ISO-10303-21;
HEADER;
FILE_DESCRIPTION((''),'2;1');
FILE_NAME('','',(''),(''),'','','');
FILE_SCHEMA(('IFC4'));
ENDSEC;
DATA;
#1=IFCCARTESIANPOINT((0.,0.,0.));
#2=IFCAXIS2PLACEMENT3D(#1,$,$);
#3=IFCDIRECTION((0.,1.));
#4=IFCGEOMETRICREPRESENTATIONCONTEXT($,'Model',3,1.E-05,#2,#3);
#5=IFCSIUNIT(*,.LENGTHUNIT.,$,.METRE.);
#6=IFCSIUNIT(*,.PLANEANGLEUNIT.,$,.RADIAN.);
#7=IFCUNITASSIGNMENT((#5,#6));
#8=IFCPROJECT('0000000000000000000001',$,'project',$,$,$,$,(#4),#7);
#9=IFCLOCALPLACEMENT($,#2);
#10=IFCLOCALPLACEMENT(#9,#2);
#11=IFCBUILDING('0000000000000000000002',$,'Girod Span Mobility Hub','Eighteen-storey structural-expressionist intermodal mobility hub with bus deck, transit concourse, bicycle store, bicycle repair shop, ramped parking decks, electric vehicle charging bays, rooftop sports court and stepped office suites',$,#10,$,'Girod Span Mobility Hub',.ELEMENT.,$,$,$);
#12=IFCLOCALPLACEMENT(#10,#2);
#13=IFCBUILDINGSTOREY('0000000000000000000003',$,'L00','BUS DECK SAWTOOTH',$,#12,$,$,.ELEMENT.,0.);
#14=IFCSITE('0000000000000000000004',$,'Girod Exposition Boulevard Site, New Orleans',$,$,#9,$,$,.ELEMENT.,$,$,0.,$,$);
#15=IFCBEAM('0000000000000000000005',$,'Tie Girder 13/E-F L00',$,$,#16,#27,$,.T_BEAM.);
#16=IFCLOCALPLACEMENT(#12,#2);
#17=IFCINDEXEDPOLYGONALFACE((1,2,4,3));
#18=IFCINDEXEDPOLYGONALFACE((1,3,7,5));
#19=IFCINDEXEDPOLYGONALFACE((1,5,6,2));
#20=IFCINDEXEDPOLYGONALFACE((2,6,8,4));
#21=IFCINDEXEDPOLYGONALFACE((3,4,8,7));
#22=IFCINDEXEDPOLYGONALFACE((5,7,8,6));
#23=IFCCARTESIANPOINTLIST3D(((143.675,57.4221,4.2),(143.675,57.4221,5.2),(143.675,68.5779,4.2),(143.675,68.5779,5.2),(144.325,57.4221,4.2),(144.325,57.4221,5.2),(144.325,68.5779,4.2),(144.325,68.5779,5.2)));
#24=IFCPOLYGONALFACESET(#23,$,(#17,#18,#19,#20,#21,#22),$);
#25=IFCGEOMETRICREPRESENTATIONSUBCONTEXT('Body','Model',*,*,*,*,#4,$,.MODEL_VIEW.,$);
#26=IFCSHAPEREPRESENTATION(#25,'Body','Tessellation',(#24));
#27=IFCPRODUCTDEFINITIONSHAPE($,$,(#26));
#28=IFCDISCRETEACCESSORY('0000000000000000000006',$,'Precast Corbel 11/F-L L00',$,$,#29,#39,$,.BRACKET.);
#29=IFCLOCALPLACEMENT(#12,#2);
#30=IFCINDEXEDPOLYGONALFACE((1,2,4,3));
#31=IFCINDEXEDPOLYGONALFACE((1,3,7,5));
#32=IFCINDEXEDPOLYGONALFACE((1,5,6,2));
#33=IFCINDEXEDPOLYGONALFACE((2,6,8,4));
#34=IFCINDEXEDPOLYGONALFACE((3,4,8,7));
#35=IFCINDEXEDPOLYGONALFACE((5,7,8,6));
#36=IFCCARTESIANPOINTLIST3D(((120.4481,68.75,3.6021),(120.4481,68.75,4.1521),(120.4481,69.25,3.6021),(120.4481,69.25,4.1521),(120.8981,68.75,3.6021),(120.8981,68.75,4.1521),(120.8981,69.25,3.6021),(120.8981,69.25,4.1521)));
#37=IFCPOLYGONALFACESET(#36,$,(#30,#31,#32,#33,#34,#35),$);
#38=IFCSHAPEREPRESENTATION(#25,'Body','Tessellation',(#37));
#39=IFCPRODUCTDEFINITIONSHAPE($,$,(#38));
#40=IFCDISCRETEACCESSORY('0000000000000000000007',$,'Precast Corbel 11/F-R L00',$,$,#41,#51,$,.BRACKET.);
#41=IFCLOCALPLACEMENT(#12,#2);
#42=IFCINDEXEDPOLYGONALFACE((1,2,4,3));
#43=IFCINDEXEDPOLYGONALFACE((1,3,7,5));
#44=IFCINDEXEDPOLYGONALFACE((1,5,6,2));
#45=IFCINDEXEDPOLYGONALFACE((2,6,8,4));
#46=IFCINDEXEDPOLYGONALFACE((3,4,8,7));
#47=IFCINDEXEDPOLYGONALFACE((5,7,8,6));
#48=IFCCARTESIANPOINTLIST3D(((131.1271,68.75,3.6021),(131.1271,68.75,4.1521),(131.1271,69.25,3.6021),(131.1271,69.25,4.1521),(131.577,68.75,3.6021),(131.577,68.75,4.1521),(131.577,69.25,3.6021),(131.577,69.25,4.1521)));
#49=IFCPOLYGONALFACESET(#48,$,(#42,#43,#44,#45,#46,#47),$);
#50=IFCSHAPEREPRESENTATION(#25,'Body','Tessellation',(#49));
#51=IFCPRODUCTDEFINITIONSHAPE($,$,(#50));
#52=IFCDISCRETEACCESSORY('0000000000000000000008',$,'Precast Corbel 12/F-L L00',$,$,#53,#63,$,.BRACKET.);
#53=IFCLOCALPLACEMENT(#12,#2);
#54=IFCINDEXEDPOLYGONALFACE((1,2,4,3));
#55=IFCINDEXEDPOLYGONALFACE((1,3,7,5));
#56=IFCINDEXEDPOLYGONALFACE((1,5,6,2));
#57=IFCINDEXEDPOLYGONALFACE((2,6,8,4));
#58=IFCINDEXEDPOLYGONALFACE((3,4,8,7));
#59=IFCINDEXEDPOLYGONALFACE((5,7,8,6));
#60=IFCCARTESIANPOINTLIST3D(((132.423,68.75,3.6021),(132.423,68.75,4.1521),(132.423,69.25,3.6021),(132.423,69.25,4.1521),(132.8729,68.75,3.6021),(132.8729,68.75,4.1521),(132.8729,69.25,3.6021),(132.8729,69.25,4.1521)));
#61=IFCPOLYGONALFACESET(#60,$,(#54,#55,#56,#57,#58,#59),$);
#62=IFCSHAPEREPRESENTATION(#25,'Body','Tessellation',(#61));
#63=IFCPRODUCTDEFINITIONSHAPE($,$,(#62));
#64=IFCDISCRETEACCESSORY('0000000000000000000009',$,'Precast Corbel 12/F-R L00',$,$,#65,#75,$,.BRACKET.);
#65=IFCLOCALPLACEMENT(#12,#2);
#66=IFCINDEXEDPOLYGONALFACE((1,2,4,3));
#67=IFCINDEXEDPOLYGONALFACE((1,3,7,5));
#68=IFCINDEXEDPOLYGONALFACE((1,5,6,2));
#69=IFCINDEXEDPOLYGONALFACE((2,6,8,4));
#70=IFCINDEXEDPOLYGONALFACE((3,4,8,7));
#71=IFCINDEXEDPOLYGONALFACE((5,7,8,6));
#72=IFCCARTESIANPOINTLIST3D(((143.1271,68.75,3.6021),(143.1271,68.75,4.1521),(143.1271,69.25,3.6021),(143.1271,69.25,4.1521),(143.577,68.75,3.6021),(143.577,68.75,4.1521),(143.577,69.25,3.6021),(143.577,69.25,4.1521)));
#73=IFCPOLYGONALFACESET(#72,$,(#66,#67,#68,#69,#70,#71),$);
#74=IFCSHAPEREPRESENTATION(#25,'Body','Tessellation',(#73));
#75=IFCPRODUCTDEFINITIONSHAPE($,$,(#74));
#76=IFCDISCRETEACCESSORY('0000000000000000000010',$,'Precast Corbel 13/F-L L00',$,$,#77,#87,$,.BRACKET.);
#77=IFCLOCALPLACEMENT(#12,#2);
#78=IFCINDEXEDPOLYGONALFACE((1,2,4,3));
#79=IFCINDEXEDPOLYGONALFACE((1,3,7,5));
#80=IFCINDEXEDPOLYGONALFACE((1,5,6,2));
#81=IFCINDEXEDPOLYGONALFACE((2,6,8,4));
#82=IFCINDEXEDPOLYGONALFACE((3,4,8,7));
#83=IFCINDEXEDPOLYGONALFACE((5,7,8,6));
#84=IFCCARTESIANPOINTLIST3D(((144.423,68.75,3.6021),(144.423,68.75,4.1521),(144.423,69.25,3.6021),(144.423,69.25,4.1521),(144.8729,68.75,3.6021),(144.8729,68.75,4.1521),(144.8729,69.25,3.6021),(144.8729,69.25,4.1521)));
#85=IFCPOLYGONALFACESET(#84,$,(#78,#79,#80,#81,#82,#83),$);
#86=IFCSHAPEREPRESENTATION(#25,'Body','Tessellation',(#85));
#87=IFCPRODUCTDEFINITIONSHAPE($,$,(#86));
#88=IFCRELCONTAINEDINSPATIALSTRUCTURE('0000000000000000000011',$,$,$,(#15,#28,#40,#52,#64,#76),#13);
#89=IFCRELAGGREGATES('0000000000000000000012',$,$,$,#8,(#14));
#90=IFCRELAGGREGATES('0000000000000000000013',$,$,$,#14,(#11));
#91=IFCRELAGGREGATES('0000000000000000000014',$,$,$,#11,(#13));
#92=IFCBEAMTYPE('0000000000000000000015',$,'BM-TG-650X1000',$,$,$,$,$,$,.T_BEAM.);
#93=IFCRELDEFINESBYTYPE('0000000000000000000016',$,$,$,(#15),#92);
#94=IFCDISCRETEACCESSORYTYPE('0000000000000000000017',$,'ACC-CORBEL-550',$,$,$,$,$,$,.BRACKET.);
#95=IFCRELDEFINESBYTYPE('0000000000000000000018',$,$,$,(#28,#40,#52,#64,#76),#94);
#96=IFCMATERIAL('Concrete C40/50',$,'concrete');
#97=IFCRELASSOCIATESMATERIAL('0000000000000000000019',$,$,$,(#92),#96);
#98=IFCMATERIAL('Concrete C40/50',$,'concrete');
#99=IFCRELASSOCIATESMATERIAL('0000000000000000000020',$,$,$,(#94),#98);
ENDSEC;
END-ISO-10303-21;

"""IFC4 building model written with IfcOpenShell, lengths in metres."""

from ifc_helpers import new_model, si_unit, direction, frame, origin, origin_2d, place, context, subcontext, project, spatial, rectangle, extrude, material, material_profile, profile_set, type_object, element, save


model = new_model("IFC4")

# Units and contexts
model_context = context("Model", 3, precision=1e-05, world=origin(), true_north=direction((0.0, 1.0)))
body_context = subcontext(model_context, "Body", "Model", "MODEL_VIEW")
ifc_project = project(units=[si_unit("LENGTHUNIT", "METRE"), si_unit("PLANEANGLEUNIT", "RADIAN")], contexts=[model_context])

# Site, building, storey
site_placement = place(None, origin())
site = spatial("IfcSite", under=ifc_project, at=site_placement, Name="Girod Exposition Boulevard Site, New Orleans", CompositionType="ELEMENT", RefElevation=0.0)
building_placement = place(site_placement, origin())
building = spatial("IfcBuilding", under=site, at=building_placement, Name="Girod Span Mobility Hub", Description="Eighteen-storey structural-expressionist intermodal mobility hub with bus deck, transit concourse, bicycle store, bicycle repair shop, ramped parking decks, electric vehicle charging bays, rooftop sports court and stepped office suites", LongName="Girod Span Mobility Hub", CompositionType="ELEMENT")
storey_placement = place(building_placement, origin())
storey = spatial("IfcBuildingStorey", under=building, at=storey_placement, Name="L00", Description="BUS DECK SAWTOOTH", CompositionType="ELEMENT", Elevation=0.0)

# Beam
ifc_material_1 = material(Name="Concrete C40/50", Category="concrete")
ifc_material_profile_1 = material_profile(ifc_material_1, rectangle(XDim=0.6499, YDim=1.0, at=origin_2d()), Name="TG-650X1000")
ifc_profile_set_1 = profile_set([ifc_material_profile_1], Name="Concrete C40/50")
beam_type_1 = type_object("IfcBeamType", Name="BM-TG-650X1000", PredefinedType="T_BEAM", material=ifc_profile_set_1)
for number, where, z_axis, x_axis, name in (
    (1, (144.0, 57.4221, 4.7), (0.0, 1.0, 0.0), (-1.0, 0.0, 0.0), "Tie Girder 13/E-F L00"),
):
    element("IfcBeam", number, at=place(storey_placement, frame(where, z_axis=z_axis, x_axis=x_axis)), inside=storey, type_object=beam_type_1, Name=name, PredefinedType="T_BEAM", context=body_context, shape_type="SweptSolid", body=[
        extrude(rectangle(XDim=0.6499, YDim=1.0, at=origin_2d()), origin(), (0.0, 0.0, 1.0), 11.1558),
    ])

# Discrete accessories
ifc_material_2 = material(Name="Concrete C40/50", Category="concrete")
discrete_accessory_type = type_object("IfcDiscreteAccessoryType", Name="ACC-CORBEL-550", PredefinedType="BRACKET", material=ifc_material_2)
for number, where, z_axis, x_axis, name in (
    (2, (120.6731, 69.0, 3.6021), (0.0, 0.0, 1.0), (1.0, 0.0, 0.0), "Precast Corbel 11/F-L L00"),
    (3, (131.3521, 69.0, 3.6021), (0.0, 0.0, 1.0), (1.0, 0.0, 0.0), "Precast Corbel 11/F-R L00"),
    (4, (132.6479, 69.0, 3.6021), (0.0, 0.0, 1.0), (1.0, 0.0, 0.0), "Precast Corbel 12/F-L L00"),
    (5, (143.3521, 69.0, 3.6021), (0.0, 0.0, 1.0), (1.0, 0.0, 0.0), "Precast Corbel 12/F-R L00"),
    (6, (144.6479, 69.0, 3.6021), (0.0, 0.0, 1.0), (1.0, 0.0, 0.0), "Precast Corbel 13/F-L L00"),
):
    element("IfcDiscreteAccessory", number, at=place(storey_placement, frame(where, z_axis=z_axis, x_axis=x_axis)), inside=storey, type_object=discrete_accessory_type, Name=name, PredefinedType="BRACKET", context=body_context, shape_type="SweptSolid", body=[
        extrude(rectangle(XDim=0.45, YDim=0.5, at=origin_2d()), origin(), (0.0, 0.0, 1.0), 0.55),
    ])

save(model, "model.ifc")
